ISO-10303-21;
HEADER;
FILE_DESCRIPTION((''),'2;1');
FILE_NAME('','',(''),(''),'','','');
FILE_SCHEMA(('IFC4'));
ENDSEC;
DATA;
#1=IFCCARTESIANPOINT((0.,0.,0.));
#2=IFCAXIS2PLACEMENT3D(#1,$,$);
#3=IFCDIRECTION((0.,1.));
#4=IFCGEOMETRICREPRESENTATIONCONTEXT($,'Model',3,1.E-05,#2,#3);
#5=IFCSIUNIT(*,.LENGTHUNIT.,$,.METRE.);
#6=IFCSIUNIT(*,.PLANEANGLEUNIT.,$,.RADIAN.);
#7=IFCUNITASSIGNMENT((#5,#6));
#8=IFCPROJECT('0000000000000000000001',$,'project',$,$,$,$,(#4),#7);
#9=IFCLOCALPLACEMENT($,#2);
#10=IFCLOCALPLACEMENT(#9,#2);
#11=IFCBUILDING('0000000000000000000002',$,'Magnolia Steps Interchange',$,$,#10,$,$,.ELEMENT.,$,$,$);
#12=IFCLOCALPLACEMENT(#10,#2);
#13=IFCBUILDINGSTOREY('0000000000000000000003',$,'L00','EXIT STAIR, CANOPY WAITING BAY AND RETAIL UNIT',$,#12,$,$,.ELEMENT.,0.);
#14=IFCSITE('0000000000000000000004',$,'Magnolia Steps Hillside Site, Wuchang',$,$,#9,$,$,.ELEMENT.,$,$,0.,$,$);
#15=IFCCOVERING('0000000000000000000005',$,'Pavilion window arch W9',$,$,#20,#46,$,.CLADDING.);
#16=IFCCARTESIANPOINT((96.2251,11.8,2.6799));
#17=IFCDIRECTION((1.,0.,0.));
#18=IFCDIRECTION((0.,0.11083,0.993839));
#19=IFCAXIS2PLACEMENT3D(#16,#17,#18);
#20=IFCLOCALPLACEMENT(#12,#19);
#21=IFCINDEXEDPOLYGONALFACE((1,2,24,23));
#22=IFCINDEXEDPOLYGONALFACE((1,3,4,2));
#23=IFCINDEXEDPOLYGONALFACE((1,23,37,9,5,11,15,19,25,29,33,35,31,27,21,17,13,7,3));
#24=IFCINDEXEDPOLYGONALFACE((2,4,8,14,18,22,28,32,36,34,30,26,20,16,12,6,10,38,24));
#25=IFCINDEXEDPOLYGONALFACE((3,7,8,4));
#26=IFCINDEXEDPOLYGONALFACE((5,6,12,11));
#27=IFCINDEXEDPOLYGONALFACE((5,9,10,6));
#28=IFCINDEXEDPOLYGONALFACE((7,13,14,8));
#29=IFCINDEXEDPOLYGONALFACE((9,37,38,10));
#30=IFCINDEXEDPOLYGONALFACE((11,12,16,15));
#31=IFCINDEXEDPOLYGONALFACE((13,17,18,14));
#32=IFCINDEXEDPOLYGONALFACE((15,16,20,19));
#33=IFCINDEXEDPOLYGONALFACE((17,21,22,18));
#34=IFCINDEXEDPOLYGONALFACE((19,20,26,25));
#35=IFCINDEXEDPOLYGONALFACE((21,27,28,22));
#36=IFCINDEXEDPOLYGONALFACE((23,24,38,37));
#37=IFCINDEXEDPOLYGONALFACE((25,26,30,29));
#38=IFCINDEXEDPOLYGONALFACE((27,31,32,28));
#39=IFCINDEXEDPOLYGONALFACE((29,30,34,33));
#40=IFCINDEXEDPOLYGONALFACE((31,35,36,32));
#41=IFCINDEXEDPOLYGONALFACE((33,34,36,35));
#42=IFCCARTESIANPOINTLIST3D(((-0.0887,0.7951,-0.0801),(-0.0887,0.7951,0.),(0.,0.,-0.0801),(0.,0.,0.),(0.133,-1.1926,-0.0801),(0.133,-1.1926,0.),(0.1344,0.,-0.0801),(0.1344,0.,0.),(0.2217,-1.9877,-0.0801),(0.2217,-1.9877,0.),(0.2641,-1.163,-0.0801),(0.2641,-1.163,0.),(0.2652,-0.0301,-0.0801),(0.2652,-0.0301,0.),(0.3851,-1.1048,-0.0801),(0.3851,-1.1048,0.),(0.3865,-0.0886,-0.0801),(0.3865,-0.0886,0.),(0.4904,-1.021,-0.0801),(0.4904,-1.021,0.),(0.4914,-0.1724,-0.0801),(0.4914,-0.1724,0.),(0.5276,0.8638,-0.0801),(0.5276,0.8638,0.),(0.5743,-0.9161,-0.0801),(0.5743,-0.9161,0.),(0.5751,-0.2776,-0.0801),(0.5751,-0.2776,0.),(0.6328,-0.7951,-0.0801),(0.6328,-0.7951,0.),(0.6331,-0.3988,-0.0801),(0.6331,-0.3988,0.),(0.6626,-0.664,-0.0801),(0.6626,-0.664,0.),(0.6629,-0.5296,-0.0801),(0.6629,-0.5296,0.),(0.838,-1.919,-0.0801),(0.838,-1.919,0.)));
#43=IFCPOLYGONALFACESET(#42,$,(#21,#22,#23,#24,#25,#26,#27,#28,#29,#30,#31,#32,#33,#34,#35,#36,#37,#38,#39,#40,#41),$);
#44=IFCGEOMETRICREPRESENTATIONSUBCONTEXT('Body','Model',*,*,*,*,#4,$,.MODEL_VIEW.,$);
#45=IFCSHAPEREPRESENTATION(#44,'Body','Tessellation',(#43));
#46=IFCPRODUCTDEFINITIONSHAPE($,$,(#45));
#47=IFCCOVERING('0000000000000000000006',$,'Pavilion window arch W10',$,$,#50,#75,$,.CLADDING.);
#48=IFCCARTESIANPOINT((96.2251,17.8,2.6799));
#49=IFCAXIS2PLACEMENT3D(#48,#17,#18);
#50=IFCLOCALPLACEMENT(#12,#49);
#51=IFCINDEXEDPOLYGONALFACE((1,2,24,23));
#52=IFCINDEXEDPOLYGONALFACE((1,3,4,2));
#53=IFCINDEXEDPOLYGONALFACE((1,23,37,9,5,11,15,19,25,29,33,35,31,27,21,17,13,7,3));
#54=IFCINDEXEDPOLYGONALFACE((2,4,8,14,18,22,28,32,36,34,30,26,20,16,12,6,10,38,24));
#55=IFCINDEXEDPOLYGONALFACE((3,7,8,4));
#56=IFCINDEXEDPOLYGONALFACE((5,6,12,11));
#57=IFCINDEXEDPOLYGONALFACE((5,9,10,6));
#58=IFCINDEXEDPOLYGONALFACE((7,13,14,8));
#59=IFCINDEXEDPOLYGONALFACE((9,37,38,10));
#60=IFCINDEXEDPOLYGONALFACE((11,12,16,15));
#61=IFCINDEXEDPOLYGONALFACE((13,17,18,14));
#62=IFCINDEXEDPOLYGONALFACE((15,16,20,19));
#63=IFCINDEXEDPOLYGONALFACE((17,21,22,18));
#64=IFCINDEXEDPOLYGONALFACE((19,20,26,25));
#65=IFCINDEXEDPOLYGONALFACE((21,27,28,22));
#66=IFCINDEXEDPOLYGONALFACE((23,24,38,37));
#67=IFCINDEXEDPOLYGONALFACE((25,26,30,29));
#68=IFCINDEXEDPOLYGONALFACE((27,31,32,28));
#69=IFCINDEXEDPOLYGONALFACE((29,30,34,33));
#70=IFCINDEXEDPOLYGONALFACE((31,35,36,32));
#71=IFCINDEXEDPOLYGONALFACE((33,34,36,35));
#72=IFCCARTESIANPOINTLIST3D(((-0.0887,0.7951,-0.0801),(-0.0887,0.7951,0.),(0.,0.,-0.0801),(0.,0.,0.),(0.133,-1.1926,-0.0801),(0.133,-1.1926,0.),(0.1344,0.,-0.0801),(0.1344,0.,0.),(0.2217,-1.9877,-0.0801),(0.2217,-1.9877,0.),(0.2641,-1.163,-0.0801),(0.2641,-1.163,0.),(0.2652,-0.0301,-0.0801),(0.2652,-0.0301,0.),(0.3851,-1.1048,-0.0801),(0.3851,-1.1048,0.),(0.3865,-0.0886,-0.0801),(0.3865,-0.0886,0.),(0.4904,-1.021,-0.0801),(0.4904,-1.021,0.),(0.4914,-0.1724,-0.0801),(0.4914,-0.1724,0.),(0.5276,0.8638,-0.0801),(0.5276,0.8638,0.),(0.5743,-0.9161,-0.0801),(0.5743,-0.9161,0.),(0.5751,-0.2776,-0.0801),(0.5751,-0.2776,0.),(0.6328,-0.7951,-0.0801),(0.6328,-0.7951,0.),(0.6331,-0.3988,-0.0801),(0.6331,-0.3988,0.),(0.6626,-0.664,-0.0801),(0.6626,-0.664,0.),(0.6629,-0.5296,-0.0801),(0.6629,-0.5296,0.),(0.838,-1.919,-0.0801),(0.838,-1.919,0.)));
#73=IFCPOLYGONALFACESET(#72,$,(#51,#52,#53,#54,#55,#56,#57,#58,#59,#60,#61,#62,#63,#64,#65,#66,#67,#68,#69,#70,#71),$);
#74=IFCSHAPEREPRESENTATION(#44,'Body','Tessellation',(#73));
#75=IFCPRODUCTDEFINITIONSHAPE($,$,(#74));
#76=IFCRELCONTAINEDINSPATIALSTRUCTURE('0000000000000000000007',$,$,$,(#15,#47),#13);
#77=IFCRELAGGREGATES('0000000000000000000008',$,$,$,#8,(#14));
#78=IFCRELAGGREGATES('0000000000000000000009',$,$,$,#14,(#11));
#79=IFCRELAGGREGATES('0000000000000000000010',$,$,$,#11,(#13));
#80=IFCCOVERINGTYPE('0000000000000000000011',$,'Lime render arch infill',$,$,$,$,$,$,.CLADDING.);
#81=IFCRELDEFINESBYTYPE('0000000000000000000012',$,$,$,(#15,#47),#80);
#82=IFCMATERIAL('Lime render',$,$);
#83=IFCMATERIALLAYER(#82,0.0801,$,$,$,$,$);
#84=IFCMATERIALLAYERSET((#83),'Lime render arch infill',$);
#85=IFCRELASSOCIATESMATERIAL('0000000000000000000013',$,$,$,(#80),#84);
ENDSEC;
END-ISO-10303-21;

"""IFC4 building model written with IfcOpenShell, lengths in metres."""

from ifc_helpers import new_model, si_unit, direction, frame, origin, place, context, subcontext, project, spatial, polyline, outline, extrude, material, layer, layer_set, type_object, element, save


model = new_model("IFC4")

# Units and contexts
model_context = context("Model", 3, precision=1e-05, world=origin(), true_north=direction((0.0, 1.0)))
body_context = subcontext(model_context, "Body", "Model", "MODEL_VIEW")
ifc_project = project(units=[si_unit("LENGTHUNIT", "METRE"), si_unit("PLANEANGLEUNIT", "RADIAN")], contexts=[model_context])

# Site, building, storey
site_placement = place(None, origin())
site = spatial("IfcSite", under=ifc_project, at=site_placement, Name="Magnolia Steps Hillside Site, Wuchang", CompositionType="ELEMENT", RefElevation=0.0)
building_placement = place(site_placement, origin())
building = spatial("IfcBuilding", under=site, at=building_placement, Name="Magnolia Steps Interchange", CompositionType="ELEMENT")
storey_placement = place(building_placement, origin())
storey = spatial("IfcBuildingStorey", under=building, at=storey_placement, Name="L00", Description="EXIT STAIR, CANOPY WAITING BAY AND RETAIL UNIT", CompositionType="ELEMENT", Elevation=0.0)

# Coverings
ifc_material_1 = material(Name="Lime render")
ifc_layer_1 = layer(ifc_material_1, 0.0801)
ifc_layer_set_1 = layer_set([ifc_layer_1], Name="Lime render arch infill")
covering_type_1 = type_object("IfcCoveringType", Name="Lime render arch infill", PredefinedType="CLADDING", material=ifc_layer_set_1)
for number, where, z_axis, x_axis, name in (
    (1, (96.2251, 11.8, 2.6799), (1.0, 0.0, 0.0), (0.0, 0.11083, 0.993839), "Pavilion window arch W9"),
    (2, (96.2251, 17.8, 2.6799), (1.0, 0.0, 0.0), (0.0, 0.11083, 0.993839), "Pavilion window arch W10"),
):
    element("IfcCovering", number, at=place(storey_placement, frame(where, z_axis=z_axis, x_axis=x_axis)), inside=storey, type_object=covering_type_1, Name=name, PredefinedType="CLADDING", context=body_context, shape_type="SweptSolid", body=[
        extrude(outline(polyline([(0.0, 0.0), (0.1344, 0.0), (0.2652, -0.0301), (0.3865, -0.0886), (0.4914, -0.1724), (0.5751, -0.2776), (0.6331, -0.3988), (0.6629, -0.5296), (0.6626, -0.664), (0.6328, -0.7951), (0.5743, -0.9161), (0.4904, -1.021), (0.3851, -1.1048), (0.2641, -1.163), (0.133, -1.1926), (0.2217, -1.9877), (0.838, -1.919), (0.5276, 0.8638), (-0.0887, 0.7951), (0.0, 0.0)])), origin(), (0.0, 0.0, -1.0), 0.0801),
    ])

save(model, "model.ifc")
